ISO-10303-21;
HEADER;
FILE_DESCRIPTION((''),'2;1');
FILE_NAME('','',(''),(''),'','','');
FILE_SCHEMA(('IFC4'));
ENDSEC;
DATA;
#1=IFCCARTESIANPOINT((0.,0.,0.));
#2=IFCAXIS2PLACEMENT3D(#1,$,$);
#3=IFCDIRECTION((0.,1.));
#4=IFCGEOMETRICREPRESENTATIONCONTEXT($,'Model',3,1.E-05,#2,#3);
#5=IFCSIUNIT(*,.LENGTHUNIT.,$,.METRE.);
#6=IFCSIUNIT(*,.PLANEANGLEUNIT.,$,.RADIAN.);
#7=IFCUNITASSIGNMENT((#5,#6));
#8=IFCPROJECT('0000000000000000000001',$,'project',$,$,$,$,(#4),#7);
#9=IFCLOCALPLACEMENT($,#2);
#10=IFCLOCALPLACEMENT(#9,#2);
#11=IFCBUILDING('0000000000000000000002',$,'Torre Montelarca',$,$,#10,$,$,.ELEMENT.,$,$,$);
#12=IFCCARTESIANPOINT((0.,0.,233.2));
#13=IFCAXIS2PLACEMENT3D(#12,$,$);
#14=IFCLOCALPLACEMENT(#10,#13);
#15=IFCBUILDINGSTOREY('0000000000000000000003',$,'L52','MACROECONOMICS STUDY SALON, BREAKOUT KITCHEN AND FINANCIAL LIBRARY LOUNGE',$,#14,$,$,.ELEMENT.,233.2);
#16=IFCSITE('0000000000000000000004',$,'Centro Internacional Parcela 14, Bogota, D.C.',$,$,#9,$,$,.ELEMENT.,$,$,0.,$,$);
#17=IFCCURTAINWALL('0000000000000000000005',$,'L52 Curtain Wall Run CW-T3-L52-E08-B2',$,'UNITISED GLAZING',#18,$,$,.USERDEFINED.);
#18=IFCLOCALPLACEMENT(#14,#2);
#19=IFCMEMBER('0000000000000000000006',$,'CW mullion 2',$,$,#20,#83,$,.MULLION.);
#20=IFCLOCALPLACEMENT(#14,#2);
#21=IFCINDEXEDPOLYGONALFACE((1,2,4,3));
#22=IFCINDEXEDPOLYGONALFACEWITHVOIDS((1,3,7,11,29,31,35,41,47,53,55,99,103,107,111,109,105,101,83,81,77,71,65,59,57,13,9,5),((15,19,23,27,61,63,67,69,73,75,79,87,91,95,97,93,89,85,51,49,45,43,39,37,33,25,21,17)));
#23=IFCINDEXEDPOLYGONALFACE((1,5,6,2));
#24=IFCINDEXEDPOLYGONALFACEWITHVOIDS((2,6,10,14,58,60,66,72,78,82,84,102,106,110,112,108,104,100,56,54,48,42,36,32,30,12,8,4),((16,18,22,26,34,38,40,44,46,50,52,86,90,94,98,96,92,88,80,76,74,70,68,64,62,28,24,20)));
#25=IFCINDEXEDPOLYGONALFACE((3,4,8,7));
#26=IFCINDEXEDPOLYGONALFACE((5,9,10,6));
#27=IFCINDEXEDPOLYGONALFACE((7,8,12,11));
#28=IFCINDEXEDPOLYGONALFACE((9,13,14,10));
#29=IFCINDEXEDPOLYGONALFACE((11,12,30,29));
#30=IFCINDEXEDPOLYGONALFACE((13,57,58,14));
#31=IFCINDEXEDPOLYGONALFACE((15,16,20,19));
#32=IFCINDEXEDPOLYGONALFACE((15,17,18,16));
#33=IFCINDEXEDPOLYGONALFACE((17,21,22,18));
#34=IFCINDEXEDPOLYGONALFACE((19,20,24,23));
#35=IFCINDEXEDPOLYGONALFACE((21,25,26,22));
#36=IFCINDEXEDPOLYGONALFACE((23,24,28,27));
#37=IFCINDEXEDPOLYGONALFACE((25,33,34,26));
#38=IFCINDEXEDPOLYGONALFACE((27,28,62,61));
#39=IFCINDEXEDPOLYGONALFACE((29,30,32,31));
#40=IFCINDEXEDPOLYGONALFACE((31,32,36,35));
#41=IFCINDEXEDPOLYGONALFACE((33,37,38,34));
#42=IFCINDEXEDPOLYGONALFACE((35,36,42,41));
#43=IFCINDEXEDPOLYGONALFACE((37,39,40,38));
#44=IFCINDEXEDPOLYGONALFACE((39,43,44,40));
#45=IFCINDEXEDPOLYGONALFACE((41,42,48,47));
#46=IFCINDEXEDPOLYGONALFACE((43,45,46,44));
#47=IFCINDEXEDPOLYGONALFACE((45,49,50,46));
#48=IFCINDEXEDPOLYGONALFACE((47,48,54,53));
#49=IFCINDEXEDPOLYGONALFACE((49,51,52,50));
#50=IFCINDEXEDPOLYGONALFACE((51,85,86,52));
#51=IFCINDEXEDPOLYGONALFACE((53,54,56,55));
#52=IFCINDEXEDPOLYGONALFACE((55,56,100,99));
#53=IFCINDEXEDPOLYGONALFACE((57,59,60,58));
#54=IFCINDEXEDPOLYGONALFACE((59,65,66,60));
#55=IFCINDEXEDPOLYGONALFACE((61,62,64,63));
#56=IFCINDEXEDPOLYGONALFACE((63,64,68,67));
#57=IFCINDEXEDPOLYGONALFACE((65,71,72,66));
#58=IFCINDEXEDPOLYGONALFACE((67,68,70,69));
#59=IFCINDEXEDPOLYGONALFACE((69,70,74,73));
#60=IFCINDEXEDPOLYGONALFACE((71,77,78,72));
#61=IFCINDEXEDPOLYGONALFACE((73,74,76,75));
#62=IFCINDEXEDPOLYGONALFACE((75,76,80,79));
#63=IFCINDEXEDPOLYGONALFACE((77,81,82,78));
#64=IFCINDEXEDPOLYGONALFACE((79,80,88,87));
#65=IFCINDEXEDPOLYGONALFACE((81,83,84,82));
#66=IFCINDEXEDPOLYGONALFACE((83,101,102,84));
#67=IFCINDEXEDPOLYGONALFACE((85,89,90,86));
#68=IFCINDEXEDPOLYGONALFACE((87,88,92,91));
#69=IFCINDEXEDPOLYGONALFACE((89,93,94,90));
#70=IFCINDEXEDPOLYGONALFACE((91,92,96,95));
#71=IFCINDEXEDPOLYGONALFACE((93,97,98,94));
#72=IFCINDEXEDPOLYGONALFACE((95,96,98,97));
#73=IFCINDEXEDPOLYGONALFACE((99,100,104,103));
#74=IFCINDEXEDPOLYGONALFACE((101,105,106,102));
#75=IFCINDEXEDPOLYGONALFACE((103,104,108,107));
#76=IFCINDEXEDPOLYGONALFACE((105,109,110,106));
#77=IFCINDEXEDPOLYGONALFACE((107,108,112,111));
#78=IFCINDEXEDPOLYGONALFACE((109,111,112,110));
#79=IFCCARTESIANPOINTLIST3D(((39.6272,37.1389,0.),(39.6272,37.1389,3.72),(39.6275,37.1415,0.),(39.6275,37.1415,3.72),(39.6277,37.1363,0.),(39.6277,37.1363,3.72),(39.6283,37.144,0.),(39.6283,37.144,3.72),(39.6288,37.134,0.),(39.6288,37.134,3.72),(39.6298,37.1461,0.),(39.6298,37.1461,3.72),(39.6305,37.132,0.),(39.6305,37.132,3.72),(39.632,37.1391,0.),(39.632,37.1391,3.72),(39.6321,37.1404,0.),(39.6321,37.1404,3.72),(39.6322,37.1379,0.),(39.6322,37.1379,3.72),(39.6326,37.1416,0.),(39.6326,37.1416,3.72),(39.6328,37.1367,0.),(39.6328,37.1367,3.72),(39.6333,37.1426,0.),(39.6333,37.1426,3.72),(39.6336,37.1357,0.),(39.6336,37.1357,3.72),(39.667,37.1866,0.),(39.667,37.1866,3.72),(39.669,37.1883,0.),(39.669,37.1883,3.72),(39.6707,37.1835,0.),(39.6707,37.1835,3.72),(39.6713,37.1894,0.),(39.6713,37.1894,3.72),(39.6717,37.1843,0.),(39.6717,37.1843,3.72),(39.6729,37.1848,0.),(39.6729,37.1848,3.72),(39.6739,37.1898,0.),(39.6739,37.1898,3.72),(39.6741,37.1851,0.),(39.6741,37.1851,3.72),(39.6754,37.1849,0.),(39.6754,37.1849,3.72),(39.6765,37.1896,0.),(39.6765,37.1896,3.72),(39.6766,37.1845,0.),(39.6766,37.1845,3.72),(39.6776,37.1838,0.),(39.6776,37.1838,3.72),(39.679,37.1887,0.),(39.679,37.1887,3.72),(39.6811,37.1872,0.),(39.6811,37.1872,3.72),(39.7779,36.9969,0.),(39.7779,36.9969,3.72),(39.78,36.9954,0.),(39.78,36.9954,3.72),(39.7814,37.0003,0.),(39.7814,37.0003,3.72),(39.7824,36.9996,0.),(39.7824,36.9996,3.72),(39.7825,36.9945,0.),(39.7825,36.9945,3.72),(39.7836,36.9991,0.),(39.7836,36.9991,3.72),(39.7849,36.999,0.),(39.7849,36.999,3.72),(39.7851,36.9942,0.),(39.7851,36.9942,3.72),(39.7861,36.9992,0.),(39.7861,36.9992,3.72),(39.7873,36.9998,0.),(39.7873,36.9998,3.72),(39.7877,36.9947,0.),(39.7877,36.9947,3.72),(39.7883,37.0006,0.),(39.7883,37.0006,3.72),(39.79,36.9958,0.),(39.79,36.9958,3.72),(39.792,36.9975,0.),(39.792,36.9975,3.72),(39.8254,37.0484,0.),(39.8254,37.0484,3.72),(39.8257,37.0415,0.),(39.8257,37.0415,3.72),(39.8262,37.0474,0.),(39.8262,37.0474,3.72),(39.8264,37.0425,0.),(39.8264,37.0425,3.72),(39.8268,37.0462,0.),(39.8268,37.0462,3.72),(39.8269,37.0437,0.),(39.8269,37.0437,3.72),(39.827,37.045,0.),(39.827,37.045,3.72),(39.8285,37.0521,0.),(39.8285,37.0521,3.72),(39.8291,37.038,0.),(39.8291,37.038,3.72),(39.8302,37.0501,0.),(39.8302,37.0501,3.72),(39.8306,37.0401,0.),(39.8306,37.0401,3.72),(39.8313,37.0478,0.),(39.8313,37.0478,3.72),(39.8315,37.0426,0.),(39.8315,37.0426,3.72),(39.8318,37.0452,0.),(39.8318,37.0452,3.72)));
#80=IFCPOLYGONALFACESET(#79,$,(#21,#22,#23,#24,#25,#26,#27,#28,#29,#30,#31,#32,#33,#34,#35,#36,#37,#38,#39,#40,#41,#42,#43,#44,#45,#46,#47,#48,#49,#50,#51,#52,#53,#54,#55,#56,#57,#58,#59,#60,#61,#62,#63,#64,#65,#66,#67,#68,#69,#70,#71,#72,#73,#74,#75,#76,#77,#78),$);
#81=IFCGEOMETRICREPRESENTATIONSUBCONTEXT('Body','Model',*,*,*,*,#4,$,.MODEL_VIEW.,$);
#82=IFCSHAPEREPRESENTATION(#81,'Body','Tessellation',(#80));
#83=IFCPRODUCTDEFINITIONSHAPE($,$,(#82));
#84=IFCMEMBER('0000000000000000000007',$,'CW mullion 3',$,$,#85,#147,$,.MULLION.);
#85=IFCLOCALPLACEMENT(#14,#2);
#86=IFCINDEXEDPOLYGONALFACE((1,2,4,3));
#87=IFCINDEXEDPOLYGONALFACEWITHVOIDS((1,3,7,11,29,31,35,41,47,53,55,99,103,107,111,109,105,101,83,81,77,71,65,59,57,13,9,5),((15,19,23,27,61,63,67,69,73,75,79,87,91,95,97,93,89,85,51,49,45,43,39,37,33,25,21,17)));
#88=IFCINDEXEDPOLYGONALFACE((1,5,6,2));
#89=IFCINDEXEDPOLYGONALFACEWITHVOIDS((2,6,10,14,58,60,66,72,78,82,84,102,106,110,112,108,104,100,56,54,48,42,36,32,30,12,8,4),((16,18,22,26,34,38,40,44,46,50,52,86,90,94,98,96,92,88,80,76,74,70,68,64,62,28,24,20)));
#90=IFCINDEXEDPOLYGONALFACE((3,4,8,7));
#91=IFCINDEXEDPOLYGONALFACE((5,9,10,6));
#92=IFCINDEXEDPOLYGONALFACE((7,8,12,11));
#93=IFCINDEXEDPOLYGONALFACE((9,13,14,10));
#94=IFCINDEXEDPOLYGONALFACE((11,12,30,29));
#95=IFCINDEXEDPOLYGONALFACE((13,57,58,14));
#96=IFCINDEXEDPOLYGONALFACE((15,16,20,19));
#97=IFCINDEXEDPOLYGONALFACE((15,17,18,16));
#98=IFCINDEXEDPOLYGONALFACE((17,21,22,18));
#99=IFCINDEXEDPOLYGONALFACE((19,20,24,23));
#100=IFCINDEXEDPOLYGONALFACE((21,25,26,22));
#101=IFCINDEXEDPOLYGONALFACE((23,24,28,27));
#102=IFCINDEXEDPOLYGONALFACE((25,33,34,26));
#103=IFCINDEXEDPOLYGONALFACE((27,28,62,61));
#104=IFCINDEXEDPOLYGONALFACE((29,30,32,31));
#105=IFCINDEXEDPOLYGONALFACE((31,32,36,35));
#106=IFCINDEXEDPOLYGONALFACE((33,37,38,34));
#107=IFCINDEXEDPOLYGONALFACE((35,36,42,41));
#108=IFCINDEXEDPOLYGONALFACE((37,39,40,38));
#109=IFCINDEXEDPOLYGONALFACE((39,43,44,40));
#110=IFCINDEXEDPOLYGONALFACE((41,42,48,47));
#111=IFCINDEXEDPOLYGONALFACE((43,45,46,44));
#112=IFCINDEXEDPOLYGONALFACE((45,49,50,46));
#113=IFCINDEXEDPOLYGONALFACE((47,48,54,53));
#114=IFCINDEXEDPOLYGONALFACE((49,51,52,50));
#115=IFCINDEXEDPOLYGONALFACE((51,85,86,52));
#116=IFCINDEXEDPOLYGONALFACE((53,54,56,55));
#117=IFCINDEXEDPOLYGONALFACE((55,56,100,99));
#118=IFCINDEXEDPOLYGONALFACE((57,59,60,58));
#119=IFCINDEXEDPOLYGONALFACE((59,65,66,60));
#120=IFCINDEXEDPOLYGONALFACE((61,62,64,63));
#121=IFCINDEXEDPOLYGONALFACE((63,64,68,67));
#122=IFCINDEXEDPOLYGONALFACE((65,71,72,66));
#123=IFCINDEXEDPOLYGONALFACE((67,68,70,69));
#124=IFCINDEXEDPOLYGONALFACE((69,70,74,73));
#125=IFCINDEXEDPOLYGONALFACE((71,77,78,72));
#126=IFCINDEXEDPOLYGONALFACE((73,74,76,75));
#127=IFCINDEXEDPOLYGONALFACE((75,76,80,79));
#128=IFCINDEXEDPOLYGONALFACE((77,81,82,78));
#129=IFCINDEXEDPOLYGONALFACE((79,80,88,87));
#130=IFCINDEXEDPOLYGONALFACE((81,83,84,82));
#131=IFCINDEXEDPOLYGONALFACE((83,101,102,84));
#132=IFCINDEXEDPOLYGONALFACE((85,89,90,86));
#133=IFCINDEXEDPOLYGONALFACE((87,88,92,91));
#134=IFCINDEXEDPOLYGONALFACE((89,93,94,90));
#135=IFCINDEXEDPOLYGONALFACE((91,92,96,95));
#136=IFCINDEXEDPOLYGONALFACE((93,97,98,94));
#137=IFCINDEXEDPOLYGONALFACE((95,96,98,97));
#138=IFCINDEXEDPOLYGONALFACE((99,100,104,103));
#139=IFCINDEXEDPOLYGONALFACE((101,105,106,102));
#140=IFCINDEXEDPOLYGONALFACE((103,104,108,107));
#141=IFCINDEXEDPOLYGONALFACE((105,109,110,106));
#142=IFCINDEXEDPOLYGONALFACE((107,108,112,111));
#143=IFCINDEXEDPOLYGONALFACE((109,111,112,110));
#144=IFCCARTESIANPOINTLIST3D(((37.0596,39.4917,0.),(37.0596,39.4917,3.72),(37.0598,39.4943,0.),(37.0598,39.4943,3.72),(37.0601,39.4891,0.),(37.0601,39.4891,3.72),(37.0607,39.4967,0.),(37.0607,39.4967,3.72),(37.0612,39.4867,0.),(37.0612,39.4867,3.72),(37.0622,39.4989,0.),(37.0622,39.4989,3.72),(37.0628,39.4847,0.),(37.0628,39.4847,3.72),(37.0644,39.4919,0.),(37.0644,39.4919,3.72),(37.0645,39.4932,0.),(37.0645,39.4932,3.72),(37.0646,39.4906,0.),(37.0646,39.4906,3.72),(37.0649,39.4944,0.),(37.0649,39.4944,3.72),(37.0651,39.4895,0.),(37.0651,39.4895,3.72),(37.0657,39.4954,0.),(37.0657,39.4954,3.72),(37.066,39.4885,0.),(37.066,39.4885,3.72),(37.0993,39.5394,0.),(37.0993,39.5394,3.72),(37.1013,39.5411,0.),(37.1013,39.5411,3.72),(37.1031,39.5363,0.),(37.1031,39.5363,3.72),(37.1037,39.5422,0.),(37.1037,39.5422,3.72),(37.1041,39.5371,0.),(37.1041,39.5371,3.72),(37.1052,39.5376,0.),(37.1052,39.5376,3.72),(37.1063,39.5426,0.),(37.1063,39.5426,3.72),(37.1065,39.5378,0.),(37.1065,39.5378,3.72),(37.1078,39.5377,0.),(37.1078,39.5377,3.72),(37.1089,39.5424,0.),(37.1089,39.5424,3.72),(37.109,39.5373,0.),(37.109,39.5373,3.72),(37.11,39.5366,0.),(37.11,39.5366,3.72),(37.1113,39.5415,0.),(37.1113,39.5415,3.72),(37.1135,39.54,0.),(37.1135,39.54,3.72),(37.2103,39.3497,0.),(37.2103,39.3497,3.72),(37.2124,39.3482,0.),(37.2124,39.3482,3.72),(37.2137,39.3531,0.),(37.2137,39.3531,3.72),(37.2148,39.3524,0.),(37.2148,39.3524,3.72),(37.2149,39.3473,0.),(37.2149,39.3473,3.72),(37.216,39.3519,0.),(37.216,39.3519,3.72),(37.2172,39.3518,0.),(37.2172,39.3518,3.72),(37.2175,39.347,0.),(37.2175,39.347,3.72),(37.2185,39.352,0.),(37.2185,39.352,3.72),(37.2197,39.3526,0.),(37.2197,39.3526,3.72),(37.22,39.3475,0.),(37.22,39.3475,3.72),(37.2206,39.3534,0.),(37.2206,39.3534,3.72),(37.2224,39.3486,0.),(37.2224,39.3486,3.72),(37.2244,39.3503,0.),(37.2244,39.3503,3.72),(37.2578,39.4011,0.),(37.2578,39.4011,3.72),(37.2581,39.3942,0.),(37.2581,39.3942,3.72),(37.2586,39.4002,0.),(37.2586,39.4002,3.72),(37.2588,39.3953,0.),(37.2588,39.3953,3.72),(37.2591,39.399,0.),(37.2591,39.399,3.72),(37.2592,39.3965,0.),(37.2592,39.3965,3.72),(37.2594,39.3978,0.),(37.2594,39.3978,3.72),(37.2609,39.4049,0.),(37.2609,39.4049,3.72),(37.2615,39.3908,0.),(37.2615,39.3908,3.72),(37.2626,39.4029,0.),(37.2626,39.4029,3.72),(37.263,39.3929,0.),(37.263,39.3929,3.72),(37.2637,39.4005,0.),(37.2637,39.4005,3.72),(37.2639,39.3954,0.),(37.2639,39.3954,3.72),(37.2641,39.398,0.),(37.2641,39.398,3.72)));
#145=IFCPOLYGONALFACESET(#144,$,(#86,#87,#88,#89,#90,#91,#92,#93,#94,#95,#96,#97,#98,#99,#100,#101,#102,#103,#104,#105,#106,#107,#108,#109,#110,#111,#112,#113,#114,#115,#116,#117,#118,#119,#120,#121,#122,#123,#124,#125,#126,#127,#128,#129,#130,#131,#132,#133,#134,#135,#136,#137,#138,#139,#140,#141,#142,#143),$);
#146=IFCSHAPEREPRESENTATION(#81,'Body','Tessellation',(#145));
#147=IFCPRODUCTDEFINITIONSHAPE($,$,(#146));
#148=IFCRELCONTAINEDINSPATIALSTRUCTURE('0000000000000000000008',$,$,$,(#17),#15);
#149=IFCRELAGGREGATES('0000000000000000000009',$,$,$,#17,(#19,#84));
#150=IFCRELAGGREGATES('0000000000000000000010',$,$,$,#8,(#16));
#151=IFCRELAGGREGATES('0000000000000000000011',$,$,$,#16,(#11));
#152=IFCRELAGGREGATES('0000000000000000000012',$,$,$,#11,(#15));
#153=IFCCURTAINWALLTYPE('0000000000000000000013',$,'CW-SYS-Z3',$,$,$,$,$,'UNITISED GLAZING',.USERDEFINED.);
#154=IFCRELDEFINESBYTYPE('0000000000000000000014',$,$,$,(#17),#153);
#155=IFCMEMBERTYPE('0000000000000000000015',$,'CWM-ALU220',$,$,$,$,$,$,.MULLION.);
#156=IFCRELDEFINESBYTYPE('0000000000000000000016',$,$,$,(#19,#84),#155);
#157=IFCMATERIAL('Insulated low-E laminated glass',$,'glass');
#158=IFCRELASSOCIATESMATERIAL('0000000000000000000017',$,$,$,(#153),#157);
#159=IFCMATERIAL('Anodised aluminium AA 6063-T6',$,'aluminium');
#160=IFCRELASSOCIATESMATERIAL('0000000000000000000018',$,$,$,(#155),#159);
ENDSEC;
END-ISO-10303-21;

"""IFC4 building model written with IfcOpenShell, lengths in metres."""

from ifc_helpers import new_model, si_unit, direction, frame, origin, origin_2d, place, context, subcontext, project, spatial, hollow_rectangle, extrude, source, transform, mapped, material, material_profile, profile_set, type_object, element, aggregate, save


model = new_model("IFC4")

# Units and contexts
model_context = context("Model", 3, precision=1e-05, world=origin(), true_north=direction((0.0, 1.0)))
body_context = subcontext(model_context, "Body", "Model", "MODEL_VIEW")
ifc_project = project(units=[si_unit("LENGTHUNIT", "METRE"), si_unit("PLANEANGLEUNIT", "RADIAN")], contexts=[model_context])

# Site, building, storey
site_placement = place(None, origin())
site = spatial("IfcSite", under=ifc_project, at=site_placement, Name="Centro Internacional Parcela 14, Bogota, D.C.", CompositionType="ELEMENT", RefElevation=0.0)
building_placement = place(site_placement, origin())
building = spatial("IfcBuilding", under=site, at=building_placement, Name="Torre Montelarca", CompositionType="ELEMENT")
storey_placement = place(building_placement, frame((0.0, 0.0, 233.2)))
storey = spatial("IfcBuildingStorey", under=building, at=storey_placement, Name="L52", Description="MACROECONOMICS STUDY SALON, BREAKOUT KITCHEN AND FINANCIAL LIBRARY LOUNGE", CompositionType="ELEMENT", Elevation=233.2)

# Curtain wall
ifc_material_1 = material(Name="Insulated low-E laminated glass", Category="glass")
curtain_wall_type = type_object("IfcCurtainWallType", Name="CW-SYS-Z3", ElementType="UNITISED GLAZING", PredefinedType="USERDEFINED", material=ifc_material_1)
curtain_wall_1_placement = place(storey_placement, origin())
curtain_wall_1 = element("IfcCurtainWall", 1, at=curtain_wall_1_placement, inside=storey, type_object=curtain_wall_type, Name="L52 Curtain Wall Run CW-T3-L52-E08-B2", ObjectType="UNITISED GLAZING", PredefinedType="USERDEFINED")
ifc_material_2 = material(Name="Anodised aluminium AA 6063-T6", Category="aluminium")
ifc_material_profile_1 = material_profile(ifc_material_2, hollow_rectangle(XDim=0.075, YDim=0.22, WallThickness=0.0049, InnerFilletRadius=0.0049, OuterFilletRadius=0.01, at=origin_2d()), Name="ALU75X220X5", Category="aluminium")
ifc_profile_set_1 = profile_set([ifc_material_profile_1], Name="Anodised aluminium AA 6063-T6")
member_type_1 = type_object("IfcMemberType", Name="CWM-ALU220", PredefinedType="MULLION", material=ifc_profile_set_1)
shared_shape_1 = source(origin(), body_context, "Body", "SweptSolid", [
    extrude(hollow_rectangle(XDim=0.075, YDim=0.22, WallThickness=0.0049, InnerFilletRadius=0.0049, OuterFilletRadius=0.01, at=origin_2d()), origin(), (0.0, 0.0, 1.0), 3.72),
])

# Members
member_1_placement = place(storey_placement, frame((39.7295, 37.092, 0.0), z_axis=(0.0, 0.0, 1.0), x_axis=(-0.675588, -0.737279, 0.0)))
member_1 = element("IfcMember", 2, at=member_1_placement, type_object=member_type_1, Name="CW mullion 2", PredefinedType="MULLION", context=body_context, shape_type="MappedRepresentation", body=[
    mapped(shared_shape_1, transform((0.0, 0.0, 0.0), scale=1.0)),
])
member_2_placement = place(storey_placement, frame((37.1619, 39.4448, 0.0), z_axis=(0.0, 0.0, 1.0), x_axis=(-0.675588, -0.737279, 0.0)))
member_2 = element("IfcMember", 3, at=member_2_placement, type_object=member_type_1, Name="CW mullion 3", PredefinedType="MULLION", context=body_context, shape_type="MappedRepresentation", body=[
    mapped(shared_shape_1, transform((0.0, 0.0, 0.0), scale=1.0)),
])

aggregate(curtain_wall_1, [member_1, member_2])

save(model, "model.ifc")
